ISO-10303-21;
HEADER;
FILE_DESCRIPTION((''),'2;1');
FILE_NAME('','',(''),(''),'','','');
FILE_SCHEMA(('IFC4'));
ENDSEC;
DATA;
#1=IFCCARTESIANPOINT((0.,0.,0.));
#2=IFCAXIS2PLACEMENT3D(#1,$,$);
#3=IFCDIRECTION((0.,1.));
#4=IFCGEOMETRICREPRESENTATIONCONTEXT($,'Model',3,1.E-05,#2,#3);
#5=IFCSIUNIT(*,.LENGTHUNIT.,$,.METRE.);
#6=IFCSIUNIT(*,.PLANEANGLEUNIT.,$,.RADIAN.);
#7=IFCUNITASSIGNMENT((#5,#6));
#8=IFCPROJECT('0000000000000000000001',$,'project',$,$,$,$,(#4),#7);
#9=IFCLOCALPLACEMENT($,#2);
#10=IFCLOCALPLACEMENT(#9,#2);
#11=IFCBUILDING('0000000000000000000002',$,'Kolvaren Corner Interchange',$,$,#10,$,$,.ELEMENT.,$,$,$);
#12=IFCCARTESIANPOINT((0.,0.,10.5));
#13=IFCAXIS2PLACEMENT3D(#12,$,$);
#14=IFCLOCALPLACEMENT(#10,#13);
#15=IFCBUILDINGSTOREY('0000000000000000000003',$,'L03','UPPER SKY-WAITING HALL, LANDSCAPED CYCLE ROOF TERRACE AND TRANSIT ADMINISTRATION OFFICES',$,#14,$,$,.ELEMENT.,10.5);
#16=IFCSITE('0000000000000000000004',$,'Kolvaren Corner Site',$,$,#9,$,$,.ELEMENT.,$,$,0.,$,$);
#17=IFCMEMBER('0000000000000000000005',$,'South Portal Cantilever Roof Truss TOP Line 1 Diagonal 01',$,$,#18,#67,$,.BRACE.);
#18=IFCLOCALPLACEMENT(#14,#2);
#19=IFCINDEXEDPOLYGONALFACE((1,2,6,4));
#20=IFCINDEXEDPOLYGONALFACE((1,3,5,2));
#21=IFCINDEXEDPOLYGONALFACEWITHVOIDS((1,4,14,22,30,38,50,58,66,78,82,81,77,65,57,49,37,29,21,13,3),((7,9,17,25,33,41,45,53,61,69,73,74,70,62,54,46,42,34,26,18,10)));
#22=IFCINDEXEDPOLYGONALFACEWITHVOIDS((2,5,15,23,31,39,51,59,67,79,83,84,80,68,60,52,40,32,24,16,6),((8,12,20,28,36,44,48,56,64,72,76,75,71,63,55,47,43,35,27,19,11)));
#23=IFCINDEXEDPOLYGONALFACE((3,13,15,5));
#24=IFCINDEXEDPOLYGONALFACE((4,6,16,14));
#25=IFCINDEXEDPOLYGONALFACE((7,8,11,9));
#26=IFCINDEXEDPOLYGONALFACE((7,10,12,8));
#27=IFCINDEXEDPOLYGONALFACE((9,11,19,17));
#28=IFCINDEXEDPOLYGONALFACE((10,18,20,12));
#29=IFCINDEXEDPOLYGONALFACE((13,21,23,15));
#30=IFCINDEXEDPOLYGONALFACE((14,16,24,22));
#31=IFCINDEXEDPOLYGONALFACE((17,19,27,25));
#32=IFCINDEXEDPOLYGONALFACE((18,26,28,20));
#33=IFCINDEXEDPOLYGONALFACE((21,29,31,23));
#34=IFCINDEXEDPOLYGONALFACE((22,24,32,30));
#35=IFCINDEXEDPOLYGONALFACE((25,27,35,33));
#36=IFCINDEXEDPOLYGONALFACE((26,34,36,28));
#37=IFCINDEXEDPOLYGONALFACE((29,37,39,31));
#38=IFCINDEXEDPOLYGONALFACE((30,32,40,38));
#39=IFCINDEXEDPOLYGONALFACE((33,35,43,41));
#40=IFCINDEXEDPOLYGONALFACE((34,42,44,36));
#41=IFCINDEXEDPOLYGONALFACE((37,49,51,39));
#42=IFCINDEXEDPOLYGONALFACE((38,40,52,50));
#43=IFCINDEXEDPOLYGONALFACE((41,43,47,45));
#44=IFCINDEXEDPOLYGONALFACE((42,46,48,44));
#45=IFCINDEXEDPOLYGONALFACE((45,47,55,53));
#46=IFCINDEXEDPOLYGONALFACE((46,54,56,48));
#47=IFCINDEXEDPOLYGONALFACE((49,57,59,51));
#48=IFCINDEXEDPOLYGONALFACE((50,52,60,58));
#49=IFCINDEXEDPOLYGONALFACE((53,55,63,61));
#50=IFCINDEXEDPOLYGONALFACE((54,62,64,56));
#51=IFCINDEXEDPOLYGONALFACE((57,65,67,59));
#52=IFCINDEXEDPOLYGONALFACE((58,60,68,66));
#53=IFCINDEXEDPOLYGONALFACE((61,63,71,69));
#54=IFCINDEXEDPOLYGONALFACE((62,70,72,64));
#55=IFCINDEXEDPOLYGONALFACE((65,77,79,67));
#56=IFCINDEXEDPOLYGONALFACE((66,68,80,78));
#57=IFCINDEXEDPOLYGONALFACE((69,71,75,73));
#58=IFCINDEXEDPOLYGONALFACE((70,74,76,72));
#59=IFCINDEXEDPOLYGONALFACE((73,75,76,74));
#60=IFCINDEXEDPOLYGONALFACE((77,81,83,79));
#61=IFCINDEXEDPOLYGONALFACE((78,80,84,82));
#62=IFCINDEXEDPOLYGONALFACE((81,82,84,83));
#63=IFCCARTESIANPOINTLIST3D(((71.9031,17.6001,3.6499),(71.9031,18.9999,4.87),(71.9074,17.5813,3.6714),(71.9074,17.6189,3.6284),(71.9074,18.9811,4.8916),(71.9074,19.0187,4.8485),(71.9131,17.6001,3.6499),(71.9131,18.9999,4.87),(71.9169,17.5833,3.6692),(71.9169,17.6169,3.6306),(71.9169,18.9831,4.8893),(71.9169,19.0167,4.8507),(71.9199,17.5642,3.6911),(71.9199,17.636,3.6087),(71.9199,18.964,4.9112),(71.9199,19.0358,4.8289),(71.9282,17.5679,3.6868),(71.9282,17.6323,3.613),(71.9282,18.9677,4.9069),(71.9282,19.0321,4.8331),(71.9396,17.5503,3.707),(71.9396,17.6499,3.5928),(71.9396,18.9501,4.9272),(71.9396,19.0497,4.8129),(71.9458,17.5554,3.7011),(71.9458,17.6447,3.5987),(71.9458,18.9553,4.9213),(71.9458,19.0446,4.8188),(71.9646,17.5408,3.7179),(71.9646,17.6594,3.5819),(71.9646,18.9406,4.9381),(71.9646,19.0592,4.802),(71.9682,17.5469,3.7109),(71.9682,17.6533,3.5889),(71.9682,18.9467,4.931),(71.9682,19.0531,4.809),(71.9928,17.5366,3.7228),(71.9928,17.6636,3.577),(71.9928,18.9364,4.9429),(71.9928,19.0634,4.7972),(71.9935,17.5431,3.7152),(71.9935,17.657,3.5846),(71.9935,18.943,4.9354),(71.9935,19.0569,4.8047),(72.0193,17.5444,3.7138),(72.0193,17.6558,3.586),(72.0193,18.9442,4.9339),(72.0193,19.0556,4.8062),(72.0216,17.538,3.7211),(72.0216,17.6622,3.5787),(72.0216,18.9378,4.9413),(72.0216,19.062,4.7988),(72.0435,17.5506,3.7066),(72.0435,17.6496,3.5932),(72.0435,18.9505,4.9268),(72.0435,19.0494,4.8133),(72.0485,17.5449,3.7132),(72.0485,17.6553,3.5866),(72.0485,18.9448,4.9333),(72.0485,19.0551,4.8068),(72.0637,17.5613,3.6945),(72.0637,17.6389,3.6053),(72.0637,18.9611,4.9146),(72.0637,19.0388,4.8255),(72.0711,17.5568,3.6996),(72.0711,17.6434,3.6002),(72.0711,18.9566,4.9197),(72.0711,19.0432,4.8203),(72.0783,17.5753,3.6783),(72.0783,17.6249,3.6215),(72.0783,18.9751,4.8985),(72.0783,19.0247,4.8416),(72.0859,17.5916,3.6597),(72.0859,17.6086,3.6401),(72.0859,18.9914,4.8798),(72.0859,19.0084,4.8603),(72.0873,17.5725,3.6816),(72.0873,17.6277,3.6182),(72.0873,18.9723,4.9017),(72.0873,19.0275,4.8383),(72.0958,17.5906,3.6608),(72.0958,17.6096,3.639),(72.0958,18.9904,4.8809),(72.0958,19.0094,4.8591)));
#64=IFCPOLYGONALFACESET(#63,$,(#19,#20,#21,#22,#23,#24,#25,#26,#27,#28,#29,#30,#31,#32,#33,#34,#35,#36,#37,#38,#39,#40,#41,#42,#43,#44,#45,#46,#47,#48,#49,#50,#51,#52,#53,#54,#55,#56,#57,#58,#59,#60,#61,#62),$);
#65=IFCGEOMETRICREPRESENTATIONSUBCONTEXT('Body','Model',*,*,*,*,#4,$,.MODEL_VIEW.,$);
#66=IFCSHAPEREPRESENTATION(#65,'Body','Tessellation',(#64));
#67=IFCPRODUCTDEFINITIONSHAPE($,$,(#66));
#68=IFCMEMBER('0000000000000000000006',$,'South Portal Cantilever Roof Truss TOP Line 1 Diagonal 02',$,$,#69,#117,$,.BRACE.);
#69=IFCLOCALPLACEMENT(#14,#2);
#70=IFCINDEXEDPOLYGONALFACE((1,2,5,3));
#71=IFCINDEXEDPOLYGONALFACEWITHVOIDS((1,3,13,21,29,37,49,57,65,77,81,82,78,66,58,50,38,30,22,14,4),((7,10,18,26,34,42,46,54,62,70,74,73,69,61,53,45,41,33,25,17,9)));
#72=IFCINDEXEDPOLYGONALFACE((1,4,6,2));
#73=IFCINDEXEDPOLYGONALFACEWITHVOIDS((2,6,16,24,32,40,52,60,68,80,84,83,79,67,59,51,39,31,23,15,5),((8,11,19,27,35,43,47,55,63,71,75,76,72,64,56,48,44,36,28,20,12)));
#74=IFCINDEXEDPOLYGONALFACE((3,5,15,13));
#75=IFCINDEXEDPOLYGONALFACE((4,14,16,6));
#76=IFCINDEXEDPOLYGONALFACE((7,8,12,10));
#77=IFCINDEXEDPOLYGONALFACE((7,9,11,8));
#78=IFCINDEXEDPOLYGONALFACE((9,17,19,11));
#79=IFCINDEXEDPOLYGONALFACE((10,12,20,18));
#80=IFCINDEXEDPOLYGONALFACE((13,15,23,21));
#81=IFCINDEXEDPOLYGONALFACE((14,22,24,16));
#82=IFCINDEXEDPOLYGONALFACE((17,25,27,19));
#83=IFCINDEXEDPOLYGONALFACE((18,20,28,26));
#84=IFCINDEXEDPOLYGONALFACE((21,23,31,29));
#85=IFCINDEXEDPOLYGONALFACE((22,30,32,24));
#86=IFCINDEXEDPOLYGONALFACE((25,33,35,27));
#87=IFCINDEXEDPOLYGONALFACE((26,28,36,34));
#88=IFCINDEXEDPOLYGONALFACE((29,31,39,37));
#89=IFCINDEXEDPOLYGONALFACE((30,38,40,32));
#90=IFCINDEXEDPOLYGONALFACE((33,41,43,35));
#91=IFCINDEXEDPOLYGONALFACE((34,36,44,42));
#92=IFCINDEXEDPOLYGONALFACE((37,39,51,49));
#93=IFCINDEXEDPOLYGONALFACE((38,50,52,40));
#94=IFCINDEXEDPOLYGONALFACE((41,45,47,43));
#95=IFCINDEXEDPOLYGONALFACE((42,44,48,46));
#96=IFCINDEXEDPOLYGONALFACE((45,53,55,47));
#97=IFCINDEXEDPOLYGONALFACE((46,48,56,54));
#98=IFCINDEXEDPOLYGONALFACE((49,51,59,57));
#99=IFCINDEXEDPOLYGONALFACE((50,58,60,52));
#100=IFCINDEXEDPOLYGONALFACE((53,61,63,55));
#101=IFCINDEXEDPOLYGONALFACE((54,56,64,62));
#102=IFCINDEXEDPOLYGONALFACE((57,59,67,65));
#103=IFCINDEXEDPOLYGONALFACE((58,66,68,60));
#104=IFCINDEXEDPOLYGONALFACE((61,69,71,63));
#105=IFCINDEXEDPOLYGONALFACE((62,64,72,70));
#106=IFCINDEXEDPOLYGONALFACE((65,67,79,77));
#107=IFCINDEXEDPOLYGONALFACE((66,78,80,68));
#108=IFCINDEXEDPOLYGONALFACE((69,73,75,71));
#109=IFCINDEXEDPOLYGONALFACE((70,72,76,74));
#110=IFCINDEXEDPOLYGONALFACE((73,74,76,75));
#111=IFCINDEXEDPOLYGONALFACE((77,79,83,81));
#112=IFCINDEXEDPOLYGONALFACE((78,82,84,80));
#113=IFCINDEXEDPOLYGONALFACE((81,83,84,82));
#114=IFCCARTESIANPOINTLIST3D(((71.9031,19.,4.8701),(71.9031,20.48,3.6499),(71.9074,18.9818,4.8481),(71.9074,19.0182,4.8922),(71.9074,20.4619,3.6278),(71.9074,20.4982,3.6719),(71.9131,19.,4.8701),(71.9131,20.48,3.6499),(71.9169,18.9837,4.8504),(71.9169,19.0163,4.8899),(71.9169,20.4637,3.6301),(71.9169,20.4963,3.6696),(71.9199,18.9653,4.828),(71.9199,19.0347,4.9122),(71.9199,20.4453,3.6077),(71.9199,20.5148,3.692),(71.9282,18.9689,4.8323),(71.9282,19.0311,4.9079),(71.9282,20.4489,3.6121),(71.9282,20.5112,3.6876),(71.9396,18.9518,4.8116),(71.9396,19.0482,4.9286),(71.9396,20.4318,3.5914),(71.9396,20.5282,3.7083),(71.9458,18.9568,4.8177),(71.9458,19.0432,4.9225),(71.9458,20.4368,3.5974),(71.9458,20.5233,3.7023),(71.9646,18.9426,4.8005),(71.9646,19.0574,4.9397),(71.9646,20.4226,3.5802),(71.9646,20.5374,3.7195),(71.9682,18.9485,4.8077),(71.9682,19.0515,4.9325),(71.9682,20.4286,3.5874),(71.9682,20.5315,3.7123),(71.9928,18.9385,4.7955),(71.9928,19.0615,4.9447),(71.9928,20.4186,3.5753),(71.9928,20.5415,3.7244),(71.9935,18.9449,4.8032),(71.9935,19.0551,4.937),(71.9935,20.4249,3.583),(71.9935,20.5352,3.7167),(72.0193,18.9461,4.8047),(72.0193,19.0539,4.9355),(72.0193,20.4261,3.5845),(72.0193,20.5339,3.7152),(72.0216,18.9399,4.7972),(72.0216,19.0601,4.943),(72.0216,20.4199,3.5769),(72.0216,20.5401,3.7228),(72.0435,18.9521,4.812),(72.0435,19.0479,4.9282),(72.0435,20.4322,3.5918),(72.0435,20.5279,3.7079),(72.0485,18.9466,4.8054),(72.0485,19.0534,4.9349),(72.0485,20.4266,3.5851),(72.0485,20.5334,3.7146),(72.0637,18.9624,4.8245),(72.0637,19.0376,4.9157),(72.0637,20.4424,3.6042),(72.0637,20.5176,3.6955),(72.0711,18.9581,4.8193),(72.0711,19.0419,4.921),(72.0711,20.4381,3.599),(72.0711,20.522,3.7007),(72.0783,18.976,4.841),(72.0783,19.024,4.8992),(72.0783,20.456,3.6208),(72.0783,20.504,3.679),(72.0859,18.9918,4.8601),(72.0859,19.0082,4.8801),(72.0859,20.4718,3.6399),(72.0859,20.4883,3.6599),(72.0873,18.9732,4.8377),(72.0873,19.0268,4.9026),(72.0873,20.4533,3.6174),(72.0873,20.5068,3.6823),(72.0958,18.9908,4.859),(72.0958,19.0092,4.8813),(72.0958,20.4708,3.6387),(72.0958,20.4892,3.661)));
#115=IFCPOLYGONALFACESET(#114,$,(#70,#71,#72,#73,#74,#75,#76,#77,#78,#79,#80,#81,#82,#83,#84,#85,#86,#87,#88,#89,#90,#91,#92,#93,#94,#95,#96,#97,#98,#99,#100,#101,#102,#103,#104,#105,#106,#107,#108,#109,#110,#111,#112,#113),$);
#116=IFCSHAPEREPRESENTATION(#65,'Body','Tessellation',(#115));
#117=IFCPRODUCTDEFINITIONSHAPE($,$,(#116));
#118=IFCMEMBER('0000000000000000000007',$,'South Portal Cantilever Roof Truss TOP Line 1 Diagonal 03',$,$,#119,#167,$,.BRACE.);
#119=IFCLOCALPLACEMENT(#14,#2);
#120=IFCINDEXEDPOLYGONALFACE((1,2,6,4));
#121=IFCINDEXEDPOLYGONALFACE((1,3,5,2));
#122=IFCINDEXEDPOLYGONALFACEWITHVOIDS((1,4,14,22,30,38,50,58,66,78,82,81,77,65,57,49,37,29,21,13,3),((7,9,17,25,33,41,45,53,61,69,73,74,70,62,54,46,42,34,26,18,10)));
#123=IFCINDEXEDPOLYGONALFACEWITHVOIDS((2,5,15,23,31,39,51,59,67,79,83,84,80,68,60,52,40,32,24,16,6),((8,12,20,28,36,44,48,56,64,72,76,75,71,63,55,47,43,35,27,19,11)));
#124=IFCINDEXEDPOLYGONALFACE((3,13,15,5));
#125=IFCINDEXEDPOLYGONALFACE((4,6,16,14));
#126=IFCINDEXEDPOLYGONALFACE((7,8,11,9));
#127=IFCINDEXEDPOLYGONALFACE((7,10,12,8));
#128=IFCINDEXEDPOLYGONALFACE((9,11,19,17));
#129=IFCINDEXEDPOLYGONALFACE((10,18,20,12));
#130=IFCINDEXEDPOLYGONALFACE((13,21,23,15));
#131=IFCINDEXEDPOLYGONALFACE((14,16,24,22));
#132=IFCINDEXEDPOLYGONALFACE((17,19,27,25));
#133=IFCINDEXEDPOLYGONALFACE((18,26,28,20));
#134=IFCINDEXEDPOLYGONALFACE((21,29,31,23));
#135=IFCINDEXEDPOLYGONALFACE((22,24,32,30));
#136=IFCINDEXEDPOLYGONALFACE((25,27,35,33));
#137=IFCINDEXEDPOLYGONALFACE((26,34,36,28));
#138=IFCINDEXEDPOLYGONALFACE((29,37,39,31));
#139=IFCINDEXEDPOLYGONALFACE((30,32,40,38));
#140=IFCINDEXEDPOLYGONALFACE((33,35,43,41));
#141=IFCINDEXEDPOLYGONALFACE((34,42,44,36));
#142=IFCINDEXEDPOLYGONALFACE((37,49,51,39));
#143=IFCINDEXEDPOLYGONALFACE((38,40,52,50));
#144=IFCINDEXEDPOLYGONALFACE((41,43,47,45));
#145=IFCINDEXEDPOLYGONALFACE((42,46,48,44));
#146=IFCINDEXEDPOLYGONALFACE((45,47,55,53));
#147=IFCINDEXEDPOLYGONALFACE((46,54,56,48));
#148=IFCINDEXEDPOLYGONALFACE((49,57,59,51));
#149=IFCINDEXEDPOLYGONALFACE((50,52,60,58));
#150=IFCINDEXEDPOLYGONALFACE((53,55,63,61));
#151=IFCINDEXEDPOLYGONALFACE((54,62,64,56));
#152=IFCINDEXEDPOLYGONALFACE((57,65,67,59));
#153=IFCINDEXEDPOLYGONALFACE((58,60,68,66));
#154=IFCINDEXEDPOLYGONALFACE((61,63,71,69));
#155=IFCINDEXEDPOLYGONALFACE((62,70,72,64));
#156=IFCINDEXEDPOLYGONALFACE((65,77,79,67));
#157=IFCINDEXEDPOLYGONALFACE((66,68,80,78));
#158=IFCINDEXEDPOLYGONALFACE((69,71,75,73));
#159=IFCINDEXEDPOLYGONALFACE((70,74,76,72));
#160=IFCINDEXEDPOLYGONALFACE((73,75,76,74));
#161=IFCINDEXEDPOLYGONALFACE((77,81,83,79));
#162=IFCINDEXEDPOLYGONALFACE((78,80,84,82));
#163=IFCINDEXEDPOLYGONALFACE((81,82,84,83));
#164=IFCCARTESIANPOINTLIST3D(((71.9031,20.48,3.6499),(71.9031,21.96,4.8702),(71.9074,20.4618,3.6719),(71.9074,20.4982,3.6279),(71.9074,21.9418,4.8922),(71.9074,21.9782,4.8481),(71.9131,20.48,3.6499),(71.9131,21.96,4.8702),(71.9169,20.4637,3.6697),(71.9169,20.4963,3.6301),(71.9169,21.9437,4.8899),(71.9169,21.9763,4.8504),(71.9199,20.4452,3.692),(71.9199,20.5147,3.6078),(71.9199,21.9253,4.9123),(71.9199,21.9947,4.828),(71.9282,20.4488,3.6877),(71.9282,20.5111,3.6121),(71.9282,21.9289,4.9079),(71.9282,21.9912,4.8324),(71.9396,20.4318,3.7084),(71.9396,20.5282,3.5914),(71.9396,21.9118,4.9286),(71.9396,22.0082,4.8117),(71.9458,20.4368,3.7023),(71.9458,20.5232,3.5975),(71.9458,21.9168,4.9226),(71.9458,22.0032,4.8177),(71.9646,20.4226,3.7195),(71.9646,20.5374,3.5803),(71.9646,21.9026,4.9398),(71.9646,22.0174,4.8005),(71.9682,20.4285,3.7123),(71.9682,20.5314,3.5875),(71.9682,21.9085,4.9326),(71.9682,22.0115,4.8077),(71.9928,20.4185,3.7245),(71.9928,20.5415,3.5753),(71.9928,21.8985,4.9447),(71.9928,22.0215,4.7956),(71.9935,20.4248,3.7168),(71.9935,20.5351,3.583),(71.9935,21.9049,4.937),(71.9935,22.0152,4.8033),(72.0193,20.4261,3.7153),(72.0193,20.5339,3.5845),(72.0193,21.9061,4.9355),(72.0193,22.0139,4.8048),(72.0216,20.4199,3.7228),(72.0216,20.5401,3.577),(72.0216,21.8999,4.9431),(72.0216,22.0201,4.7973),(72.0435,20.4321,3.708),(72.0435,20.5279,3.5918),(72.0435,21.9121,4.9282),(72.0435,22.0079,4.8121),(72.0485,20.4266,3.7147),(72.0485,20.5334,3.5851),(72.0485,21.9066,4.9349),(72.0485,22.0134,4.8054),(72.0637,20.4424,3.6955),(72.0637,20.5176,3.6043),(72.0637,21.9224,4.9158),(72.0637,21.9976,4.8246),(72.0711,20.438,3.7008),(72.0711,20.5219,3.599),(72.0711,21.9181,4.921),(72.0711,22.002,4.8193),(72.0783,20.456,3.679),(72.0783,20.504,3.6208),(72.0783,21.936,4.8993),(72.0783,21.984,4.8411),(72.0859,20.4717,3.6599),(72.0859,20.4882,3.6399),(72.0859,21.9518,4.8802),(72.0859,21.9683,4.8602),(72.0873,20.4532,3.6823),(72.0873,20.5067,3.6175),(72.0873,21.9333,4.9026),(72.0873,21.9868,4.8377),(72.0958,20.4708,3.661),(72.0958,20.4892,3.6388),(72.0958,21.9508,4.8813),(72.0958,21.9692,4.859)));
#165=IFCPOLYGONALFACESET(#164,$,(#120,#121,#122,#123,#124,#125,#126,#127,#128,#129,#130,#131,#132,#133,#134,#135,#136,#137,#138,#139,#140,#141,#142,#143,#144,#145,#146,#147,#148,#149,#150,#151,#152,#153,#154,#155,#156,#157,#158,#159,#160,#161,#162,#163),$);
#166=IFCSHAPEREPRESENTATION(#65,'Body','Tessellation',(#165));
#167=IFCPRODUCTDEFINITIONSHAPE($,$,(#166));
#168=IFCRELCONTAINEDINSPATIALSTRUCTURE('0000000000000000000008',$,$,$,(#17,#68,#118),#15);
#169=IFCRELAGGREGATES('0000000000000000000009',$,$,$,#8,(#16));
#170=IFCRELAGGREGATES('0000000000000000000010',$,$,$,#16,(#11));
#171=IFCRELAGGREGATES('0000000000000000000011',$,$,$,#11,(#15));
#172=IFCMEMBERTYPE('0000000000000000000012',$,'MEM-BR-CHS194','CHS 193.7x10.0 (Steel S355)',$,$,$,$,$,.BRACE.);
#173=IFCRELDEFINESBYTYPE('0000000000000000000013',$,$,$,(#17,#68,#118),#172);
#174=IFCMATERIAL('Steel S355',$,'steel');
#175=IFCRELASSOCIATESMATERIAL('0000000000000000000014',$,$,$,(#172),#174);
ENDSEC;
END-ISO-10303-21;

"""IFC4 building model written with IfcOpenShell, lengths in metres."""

from ifc_helpers import new_model, si_unit, direction, frame, origin, origin_2d, place, context, subcontext, project, spatial, hollow_circle, extrude, material, material_profile, profile_set, type_object, element, save


model = new_model("IFC4")

# Units and contexts
model_context = context("Model", 3, precision=1e-05, world=origin(), true_north=direction((0.0, 1.0)))
body_context = subcontext(model_context, "Body", "Model", "MODEL_VIEW")
ifc_project = project(units=[si_unit("LENGTHUNIT", "METRE"), si_unit("PLANEANGLEUNIT", "RADIAN")], contexts=[model_context])

# Site, building, storey
site_placement = place(None, origin())
site = spatial("IfcSite", under=ifc_project, at=site_placement, Name="Kolvaren Corner Site", CompositionType="ELEMENT", RefElevation=0.0)
building_placement = place(site_placement, origin())
building = spatial("IfcBuilding", under=site, at=building_placement, Name="Kolvaren Corner Interchange", CompositionType="ELEMENT")
storey_placement = place(building_placement, frame((0.0, 0.0, 10.5)))
storey = spatial("IfcBuildingStorey", under=building, at=storey_placement, Name="L03", Description="UPPER SKY-WAITING HALL, LANDSCAPED CYCLE ROOF TERRACE AND TRANSIT ADMINISTRATION OFFICES", CompositionType="ELEMENT", Elevation=10.5)

# Members
ifc_material_1 = material(Name="Steel S355", Category="steel")
ifc_material_profile_1 = material_profile(ifc_material_1, hollow_circle(Radius=0.0969, WallThickness=0.01, at=origin_2d()), Name="CHS 193.7x10.0")
ifc_profile_set_1 = profile_set([ifc_material_profile_1], Name="Steel S355")
member_type_1 = type_object("IfcMemberType", Name="MEM-BR-CHS194", Description="CHS 193.7x10.0 (Steel S355)", PredefinedType="BRACE", material=ifc_profile_set_1)
member_1_placement = place(storey_placement, frame((72.0, 17.6001, 3.6499), z_axis=(0.0, 0.753829, 0.65707), x_axis=(-1.0, 0.0, 0.0)))
element("IfcMember", 1, at=member_1_placement, inside=storey, type_object=member_type_1, Name="South Portal Cantilever Roof Truss TOP Line 1 Diagonal 01", PredefinedType="BRACE", context=body_context, shape_type="SweptSolid", body=[
    extrude(hollow_circle(Radius=0.0969, WallThickness=0.01, at=origin_2d()), origin(), (0.0, 0.0, 1.0), 1.8569),
])
for number, where, z_axis, x_axis, name in (
    (2, (72.0, 19.0, 4.8701), (0.0, 0.77157, -0.636144), (-1.0, 0.0, 0.0), "South Portal Cantilever Roof Truss TOP Line 1 Diagonal 02"),
    (3, (72.0, 20.48, 3.6499), (0.0, 0.77157, 0.636144), (-1.0, 0.0, 0.0), "South Portal Cantilever Roof Truss TOP Line 1 Diagonal 03"),
):
    element("IfcMember", number, at=place(storey_placement, frame(where, z_axis=z_axis, x_axis=x_axis)), inside=storey, type_object=member_type_1, Name=name, PredefinedType="BRACE", context=body_context, shape_type="SweptSolid", body=[
        extrude(hollow_circle(Radius=0.0969, WallThickness=0.01, at=origin_2d()), origin(), (0.0, 0.0, 1.0), 1.9182),
    ])

save(model, "model.ifc")
